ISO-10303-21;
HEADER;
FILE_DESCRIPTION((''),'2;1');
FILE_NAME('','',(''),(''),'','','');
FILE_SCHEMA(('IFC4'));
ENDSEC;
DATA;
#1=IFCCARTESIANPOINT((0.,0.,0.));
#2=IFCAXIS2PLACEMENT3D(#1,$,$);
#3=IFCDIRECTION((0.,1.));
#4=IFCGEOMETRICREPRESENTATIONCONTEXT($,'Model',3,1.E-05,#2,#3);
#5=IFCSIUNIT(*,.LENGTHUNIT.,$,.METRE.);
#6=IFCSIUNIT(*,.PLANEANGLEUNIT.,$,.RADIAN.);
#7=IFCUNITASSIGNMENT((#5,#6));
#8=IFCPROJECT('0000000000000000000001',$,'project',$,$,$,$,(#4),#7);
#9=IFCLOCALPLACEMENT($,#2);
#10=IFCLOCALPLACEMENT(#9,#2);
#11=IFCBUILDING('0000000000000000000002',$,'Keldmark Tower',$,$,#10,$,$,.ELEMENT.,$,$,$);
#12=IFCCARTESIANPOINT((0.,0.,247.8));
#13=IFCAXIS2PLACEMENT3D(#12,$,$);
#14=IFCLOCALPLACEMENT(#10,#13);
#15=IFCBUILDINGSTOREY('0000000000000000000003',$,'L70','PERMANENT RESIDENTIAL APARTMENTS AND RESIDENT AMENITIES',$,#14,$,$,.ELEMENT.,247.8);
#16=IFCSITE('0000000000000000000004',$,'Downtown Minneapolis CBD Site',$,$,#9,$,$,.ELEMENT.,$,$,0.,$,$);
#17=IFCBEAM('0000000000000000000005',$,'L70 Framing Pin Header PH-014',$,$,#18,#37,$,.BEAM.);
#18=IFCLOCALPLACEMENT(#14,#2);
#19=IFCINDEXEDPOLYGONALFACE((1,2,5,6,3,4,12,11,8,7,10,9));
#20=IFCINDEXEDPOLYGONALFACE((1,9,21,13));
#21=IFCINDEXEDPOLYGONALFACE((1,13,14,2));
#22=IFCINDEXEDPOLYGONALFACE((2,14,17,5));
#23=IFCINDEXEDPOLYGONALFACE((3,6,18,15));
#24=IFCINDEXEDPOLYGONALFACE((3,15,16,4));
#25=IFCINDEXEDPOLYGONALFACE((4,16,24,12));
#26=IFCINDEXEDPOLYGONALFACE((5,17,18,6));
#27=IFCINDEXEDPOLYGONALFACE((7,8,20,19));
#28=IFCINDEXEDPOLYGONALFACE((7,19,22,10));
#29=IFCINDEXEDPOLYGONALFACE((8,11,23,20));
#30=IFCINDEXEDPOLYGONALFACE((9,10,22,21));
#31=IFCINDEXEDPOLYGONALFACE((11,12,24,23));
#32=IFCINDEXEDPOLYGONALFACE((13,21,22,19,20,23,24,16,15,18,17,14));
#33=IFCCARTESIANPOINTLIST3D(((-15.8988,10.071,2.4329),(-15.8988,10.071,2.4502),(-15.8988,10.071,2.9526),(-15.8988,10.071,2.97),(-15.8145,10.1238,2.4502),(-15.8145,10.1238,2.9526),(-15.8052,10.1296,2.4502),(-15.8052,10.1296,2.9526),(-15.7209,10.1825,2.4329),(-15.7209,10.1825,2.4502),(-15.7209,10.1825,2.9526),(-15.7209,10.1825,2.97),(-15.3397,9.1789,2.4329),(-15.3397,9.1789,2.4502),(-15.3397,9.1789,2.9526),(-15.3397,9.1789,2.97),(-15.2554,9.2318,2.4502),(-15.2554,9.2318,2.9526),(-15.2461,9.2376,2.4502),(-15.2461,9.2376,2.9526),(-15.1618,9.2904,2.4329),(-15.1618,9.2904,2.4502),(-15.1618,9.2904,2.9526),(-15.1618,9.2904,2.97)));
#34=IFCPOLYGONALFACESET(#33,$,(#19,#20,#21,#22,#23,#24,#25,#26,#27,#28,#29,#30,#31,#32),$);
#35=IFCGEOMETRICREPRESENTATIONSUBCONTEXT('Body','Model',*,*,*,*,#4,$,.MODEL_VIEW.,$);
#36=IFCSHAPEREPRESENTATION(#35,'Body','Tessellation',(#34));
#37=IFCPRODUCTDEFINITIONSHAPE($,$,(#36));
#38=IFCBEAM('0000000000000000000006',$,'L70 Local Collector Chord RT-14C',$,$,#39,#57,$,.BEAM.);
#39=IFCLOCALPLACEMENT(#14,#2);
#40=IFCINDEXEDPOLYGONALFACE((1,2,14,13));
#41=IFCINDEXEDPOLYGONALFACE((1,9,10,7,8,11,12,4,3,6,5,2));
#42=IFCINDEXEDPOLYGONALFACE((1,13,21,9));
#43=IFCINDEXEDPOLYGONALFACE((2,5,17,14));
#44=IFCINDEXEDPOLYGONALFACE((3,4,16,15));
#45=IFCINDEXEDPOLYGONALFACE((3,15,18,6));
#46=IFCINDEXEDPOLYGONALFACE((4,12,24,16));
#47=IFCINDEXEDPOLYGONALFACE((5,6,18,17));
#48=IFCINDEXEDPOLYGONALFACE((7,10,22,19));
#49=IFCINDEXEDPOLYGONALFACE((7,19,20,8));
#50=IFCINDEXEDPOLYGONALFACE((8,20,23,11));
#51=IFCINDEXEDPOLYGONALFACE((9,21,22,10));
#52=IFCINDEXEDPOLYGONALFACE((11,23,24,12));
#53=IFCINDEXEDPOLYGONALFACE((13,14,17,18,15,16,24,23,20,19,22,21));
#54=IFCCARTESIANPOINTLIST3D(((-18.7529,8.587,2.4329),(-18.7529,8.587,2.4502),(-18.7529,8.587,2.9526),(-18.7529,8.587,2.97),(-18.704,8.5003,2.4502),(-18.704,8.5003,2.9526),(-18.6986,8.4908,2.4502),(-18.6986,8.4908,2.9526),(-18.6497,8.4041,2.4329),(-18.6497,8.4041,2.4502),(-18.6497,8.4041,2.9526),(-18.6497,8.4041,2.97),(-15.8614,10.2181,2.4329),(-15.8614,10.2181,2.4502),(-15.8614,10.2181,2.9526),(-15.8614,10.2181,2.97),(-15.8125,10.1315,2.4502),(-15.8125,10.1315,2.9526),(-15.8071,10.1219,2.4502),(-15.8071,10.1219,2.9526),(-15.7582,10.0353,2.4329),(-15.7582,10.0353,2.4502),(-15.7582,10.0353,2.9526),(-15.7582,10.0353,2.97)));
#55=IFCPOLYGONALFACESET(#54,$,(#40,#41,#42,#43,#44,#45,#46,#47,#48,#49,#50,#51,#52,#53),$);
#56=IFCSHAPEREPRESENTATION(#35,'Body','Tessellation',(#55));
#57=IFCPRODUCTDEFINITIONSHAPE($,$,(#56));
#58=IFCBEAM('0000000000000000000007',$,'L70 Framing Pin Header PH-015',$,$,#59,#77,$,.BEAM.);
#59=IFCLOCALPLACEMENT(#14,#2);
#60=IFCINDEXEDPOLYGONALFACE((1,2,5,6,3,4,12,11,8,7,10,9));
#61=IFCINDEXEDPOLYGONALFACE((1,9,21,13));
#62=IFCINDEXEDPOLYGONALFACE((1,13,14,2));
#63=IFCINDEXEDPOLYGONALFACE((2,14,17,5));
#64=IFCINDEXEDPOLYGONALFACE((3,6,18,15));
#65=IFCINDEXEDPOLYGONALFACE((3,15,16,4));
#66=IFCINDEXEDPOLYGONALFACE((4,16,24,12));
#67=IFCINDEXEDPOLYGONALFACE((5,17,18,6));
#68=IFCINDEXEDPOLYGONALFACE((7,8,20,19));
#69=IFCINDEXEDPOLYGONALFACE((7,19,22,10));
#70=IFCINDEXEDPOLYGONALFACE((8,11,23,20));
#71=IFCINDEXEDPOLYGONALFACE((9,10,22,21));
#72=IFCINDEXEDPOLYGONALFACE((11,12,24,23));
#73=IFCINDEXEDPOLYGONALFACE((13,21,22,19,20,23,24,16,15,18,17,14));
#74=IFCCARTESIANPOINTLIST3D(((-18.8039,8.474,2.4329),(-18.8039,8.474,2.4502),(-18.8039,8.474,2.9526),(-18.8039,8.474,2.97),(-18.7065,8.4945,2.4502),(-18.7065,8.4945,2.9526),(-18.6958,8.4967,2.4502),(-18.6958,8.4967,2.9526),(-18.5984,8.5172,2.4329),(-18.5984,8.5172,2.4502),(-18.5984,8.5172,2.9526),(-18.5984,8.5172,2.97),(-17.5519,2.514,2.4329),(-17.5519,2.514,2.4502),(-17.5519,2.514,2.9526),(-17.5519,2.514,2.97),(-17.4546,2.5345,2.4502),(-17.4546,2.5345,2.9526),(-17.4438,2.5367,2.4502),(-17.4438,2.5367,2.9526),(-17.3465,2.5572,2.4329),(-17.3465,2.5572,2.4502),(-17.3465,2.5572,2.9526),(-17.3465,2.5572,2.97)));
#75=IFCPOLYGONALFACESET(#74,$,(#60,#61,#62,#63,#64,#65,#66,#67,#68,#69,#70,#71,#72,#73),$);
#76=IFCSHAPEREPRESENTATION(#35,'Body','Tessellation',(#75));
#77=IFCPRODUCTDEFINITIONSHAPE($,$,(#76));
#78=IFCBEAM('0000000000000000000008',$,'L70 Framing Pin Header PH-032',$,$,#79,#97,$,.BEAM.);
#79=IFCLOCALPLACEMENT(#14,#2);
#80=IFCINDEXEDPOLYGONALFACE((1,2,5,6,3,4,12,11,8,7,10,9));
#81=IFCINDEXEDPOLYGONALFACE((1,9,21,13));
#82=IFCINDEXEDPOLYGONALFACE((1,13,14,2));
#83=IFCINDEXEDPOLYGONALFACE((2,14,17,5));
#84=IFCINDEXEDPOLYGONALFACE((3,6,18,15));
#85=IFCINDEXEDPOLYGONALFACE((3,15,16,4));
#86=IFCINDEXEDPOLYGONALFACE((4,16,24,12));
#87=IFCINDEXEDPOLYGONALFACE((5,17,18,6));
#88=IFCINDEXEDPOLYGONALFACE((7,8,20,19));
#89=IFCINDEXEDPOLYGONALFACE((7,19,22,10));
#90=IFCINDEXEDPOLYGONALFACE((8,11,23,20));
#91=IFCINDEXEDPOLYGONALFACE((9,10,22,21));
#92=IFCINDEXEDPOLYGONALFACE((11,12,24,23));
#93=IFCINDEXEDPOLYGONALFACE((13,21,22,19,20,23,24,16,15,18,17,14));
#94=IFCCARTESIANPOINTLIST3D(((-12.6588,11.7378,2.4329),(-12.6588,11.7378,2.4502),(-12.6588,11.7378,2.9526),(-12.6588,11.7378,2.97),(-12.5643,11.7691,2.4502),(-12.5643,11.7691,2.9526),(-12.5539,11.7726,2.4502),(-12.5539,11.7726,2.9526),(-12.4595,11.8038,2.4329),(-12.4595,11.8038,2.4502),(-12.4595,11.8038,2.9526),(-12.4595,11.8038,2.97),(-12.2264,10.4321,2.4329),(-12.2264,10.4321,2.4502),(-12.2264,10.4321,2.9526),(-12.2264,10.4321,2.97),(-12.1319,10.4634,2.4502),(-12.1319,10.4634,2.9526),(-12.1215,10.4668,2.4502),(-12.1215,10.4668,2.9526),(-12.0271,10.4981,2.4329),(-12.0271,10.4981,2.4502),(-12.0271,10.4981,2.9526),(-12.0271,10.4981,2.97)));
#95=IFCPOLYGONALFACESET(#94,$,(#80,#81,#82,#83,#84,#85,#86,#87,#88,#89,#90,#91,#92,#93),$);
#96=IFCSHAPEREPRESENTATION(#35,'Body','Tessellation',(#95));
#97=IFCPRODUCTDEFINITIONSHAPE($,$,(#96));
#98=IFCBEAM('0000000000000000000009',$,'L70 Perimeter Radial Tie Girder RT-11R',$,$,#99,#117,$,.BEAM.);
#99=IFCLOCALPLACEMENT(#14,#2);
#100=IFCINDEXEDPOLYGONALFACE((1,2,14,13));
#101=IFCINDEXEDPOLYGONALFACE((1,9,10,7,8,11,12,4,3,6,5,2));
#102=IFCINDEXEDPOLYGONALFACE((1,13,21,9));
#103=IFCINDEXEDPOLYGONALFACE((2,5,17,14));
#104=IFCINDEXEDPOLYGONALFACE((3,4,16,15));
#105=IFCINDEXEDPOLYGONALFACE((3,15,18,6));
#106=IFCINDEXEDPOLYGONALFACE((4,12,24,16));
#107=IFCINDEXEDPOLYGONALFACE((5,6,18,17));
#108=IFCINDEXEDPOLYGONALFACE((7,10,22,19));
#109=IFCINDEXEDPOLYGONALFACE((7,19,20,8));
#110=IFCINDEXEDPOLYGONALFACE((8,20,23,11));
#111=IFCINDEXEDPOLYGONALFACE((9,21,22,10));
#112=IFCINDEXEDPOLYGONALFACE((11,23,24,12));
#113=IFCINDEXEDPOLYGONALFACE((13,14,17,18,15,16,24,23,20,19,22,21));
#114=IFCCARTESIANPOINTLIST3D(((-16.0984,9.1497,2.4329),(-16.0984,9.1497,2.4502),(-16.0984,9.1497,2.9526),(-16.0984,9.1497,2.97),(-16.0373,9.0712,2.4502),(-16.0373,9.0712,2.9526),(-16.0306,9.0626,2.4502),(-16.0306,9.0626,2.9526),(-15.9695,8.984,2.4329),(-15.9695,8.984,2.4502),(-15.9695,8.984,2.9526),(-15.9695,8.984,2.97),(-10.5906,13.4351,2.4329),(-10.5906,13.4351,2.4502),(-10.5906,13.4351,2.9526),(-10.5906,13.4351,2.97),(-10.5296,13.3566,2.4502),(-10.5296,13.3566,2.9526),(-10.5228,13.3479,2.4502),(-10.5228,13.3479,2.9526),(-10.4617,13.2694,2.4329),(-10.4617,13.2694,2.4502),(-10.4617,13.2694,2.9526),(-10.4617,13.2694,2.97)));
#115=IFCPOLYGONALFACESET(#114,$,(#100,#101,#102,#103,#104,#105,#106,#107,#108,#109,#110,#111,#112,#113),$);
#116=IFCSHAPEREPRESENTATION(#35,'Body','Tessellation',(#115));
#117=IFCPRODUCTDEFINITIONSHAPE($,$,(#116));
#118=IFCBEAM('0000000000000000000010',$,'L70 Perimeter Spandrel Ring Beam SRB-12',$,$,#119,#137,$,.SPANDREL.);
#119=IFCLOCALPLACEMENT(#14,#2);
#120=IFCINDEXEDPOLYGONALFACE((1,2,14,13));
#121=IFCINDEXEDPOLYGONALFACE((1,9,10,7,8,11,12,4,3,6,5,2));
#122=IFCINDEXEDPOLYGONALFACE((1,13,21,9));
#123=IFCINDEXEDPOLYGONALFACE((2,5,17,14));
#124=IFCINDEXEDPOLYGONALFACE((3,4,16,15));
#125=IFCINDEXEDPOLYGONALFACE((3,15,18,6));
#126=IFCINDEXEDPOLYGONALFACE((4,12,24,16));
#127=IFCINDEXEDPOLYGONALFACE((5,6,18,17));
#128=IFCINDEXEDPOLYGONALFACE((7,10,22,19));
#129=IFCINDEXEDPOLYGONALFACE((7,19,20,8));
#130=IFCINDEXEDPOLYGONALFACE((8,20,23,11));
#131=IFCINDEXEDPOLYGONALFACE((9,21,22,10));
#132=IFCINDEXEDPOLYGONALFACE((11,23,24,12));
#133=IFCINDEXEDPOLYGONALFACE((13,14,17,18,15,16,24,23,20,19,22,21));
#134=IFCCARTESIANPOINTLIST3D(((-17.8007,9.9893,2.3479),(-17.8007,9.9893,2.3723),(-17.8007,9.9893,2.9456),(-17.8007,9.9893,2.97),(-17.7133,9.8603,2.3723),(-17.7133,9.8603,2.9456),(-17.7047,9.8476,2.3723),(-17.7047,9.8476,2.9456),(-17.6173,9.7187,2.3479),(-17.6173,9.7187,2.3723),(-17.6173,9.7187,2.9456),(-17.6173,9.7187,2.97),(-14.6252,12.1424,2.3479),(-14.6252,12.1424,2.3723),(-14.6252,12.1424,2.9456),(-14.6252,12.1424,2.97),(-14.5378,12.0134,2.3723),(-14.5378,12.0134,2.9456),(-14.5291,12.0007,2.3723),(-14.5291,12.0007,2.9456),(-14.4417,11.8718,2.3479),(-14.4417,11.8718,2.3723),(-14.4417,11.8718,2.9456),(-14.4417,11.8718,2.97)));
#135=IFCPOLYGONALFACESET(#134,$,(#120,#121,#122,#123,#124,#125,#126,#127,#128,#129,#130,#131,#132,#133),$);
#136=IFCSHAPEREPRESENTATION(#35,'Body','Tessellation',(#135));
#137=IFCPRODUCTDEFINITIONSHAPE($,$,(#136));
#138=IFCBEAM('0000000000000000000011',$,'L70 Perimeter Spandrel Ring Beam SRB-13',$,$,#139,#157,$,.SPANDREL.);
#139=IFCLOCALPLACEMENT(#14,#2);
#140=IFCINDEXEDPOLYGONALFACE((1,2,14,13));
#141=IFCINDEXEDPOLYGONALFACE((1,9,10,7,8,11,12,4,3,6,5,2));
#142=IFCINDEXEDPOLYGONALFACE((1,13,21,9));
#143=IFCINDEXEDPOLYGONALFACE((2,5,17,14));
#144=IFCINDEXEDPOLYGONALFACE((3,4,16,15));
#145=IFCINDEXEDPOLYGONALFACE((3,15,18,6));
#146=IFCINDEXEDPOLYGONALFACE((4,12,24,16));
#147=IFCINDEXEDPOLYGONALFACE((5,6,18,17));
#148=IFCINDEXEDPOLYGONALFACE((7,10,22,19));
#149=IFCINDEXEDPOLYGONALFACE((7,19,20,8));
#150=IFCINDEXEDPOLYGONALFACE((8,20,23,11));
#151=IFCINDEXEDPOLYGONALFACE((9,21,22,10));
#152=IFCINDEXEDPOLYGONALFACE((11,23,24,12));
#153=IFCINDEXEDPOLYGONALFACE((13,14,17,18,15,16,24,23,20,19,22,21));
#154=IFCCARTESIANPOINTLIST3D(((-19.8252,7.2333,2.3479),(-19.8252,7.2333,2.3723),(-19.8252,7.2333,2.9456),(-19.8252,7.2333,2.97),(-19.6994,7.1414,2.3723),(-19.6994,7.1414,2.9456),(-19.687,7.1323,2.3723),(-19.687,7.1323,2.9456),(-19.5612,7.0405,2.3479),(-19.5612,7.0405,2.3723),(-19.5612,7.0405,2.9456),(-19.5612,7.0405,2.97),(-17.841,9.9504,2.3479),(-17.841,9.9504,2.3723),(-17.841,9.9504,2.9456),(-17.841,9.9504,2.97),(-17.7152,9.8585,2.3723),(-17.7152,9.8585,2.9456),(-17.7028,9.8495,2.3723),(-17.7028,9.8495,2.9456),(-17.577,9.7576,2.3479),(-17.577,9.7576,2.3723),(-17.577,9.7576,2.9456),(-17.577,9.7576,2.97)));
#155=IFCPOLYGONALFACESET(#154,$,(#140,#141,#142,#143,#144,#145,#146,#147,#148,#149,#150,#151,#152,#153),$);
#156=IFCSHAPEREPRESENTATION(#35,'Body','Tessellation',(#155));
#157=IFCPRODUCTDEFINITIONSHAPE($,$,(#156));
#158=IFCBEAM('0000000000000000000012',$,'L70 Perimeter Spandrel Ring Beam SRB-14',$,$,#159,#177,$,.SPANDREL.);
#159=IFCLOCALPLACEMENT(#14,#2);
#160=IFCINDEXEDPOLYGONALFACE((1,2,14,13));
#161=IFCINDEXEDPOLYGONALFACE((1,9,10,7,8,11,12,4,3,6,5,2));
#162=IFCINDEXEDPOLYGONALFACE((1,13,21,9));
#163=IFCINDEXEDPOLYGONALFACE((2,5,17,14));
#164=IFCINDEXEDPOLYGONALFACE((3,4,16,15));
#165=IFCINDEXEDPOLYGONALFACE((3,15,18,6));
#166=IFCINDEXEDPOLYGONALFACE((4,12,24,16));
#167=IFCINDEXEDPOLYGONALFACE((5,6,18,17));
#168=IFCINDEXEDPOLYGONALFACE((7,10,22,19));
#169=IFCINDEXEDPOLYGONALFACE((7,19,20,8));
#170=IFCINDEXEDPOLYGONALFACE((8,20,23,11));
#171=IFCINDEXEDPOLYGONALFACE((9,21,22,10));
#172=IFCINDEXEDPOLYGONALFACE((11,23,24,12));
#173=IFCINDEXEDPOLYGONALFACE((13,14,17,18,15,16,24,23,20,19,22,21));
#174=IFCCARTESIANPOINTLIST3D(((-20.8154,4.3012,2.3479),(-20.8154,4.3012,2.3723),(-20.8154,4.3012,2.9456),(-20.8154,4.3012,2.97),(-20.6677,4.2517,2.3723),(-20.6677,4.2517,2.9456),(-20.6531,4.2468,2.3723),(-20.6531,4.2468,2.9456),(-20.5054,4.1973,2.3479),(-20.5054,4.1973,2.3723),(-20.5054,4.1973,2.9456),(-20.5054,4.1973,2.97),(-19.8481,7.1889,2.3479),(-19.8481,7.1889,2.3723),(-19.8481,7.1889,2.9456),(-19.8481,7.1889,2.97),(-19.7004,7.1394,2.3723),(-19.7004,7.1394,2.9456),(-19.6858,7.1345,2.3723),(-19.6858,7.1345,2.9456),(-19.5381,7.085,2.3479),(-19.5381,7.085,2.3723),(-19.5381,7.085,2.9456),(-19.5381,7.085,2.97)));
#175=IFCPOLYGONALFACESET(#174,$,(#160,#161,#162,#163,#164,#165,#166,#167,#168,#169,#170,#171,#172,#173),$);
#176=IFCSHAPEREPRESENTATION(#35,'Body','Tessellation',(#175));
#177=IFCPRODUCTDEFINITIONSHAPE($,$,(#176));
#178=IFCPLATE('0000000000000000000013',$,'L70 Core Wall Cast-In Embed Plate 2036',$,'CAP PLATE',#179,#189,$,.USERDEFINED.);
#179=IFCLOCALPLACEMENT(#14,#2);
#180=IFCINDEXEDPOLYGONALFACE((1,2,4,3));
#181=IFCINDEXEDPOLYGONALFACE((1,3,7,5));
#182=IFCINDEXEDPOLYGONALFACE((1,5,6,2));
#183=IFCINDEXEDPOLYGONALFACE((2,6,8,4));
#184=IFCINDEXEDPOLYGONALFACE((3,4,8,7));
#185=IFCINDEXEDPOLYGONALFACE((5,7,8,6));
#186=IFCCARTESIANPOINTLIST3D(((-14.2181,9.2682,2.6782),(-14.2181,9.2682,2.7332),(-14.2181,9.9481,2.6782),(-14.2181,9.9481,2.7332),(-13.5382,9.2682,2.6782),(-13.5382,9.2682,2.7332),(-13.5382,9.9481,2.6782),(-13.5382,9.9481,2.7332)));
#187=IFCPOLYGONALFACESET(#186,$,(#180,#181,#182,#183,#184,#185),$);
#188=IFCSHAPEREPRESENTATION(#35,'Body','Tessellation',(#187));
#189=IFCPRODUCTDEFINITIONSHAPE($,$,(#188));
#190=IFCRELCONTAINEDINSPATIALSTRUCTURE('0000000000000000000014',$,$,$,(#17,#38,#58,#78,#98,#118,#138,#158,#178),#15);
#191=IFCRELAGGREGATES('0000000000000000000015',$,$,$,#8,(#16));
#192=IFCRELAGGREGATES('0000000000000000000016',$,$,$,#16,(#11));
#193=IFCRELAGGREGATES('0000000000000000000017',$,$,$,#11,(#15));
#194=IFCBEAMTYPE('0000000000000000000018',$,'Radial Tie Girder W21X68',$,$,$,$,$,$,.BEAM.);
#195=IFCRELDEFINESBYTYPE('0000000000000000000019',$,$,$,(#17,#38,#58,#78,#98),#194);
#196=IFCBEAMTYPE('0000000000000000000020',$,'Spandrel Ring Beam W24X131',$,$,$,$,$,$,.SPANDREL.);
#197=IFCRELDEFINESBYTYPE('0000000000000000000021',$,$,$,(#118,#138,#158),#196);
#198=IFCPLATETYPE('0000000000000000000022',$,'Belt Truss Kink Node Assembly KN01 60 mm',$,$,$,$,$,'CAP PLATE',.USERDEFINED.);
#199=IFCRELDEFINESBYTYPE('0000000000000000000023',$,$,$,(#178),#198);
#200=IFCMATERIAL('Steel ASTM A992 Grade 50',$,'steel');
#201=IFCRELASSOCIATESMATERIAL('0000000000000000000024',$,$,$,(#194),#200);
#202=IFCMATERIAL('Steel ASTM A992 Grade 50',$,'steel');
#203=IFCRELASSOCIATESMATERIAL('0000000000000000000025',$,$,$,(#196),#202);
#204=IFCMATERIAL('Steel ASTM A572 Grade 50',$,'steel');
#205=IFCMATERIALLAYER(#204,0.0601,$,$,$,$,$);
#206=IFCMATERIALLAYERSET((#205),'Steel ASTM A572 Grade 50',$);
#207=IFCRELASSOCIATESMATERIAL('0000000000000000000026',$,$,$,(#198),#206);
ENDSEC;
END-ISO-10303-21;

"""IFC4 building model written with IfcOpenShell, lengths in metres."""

from ifc_helpers import new_model, si_unit, direction, frame, origin, origin_2d, place, context, subcontext, project, spatial, rectangle, i_section, extrude, material, layer, layer_set, material_profile, profile_set, type_object, element, save


model = new_model("IFC4")

# Units and contexts
model_context = context("Model", 3, precision=1e-05, world=origin(), true_north=direction((0.0, 1.0)))
body_context = subcontext(model_context, "Body", "Model", "MODEL_VIEW")
ifc_project = project(units=[si_unit("LENGTHUNIT", "METRE"), si_unit("PLANEANGLEUNIT", "RADIAN")], contexts=[model_context])

# Site, building, storey
site_placement = place(None, origin())
site = spatial("IfcSite", under=ifc_project, at=site_placement, Name="Downtown Minneapolis CBD Site", CompositionType="ELEMENT", RefElevation=0.0)
building_placement = place(site_placement, origin())
building = spatial("IfcBuilding", under=site, at=building_placement, Name="Keldmark Tower", CompositionType="ELEMENT")
storey_placement = place(building_placement, frame((0.0, 0.0, 247.8)))
storey = spatial("IfcBuildingStorey", under=building, at=storey_placement, Name="L70", Description="PERMANENT RESIDENTIAL APARTMENTS AND RESIDENT AMENITIES", CompositionType="ELEMENT", Elevation=247.8)

# Beams
ifc_material_1 = material(Name="Steel ASTM A992 Grade 50", Category="steel")
ifc_material_profile_1 = material_profile(ifc_material_1, i_section(OverallWidth=0.21, OverallDepth=0.5371, WebThickness=0.011, FlangeThickness=0.0173, at=origin_2d()), Name="W21X68")
ifc_profile_set_1 = profile_set([ifc_material_profile_1], Name="Steel ASTM A992 Grade 50")
beam_type_1 = type_object("IfcBeamType", Name="Radial Tie Girder W21X68", PredefinedType="BEAM", material=ifc_profile_set_1)
beam_1_placement = place(storey_placement, frame((-15.8098, 10.1267, 2.7014), z_axis=(0.531041, -0.847346, 0.0), x_axis=(0.847346, 0.531041, 0.0)))
element("IfcBeam", 1, at=beam_1_placement, inside=storey, type_object=beam_type_1, Name="L70 Framing Pin Header PH-014", PredefinedType="BEAM", context=body_context, shape_type="SweptSolid", body=[
    extrude(i_section(OverallWidth=0.21, OverallDepth=0.5371, WebThickness=0.011, FlangeThickness=0.0173, at=origin_2d()), origin(), (0.0, 0.0, 1.0), 1.0527),
])
beam_2_placement = place(storey_placement, frame((-15.8098, 10.1267, 2.7014), z_axis=(-0.870968, -0.49134, 0.0), x_axis=(0.49134, -0.870968, 0.0)))
element("IfcBeam", 2, at=beam_2_placement, inside=storey, type_object=beam_type_1, Name="L70 Local Collector Chord RT-14C", PredefinedType="BEAM", context=body_context, shape_type="SweptSolid", body=[
    extrude(i_section(OverallWidth=0.21, OverallDepth=0.5371, WebThickness=0.011, FlangeThickness=0.0173, at=origin_2d()), origin(), (0.0, 0.0, 1.0), 3.3198),
])
beam_3_placement = place(storey_placement, frame((-18.7012, 8.4956, 2.7014), z_axis=(0.205574, -0.978642, 0.0), x_axis=(0.978642, 0.205574, 0.0)))
element("IfcBeam", 3, at=beam_3_placement, inside=storey, type_object=beam_type_1, Name="L70 Framing Pin Header PH-015", PredefinedType="BEAM", context=body_context, shape_type="SweptSolid", body=[
    extrude(i_section(OverallWidth=0.21, OverallDepth=0.5371, WebThickness=0.011, FlangeThickness=0.0173, at=origin_2d()), origin(), (0.0, 0.0, 1.0), 6.0901),
])
beam_4_placement = place(storey_placement, frame((-12.1267, 10.4651, 2.7014), z_axis=(-0.314363, 0.949303, 0.0), x_axis=(-0.949303, -0.314363, 0.0)))
element("IfcBeam", 4, at=beam_4_placement, inside=storey, type_object=beam_type_1, Name="L70 Framing Pin Header PH-032", PredefinedType="BEAM", context=body_context, shape_type="SweptSolid", body=[
    extrude(i_section(OverallWidth=0.21, OverallDepth=0.5371, WebThickness=0.011, FlangeThickness=0.0173, at=origin_2d()), origin(), (0.0, 0.0, 1.0), 1.3755),
])
beam_5_placement = place(storey_placement, frame((-16.0339, 9.0669, 2.7014), z_axis=(0.789245, 0.614079, 0.0), x_axis=(-0.614079, 0.789245, 0.0)))
element("IfcBeam", 5, at=beam_5_placement, inside=storey, type_object=beam_type_1, Name="L70 Perimeter Radial Tie Girder RT-11R", PredefinedType="BEAM", context=body_context, shape_type="SweptSolid", body=[
    extrude(i_section(OverallWidth=0.21, OverallDepth=0.5371, WebThickness=0.011, FlangeThickness=0.0173, at=origin_2d()), origin(), (0.0, 0.0, 1.0), 6.9785),
])
ifc_material_2 = material(Name="Steel ASTM A992 Grade 50", Category="steel")
ifc_material_profile_2 = material_profile(ifc_material_2, i_section(OverallWidth=0.3269, OverallDepth=0.6221, WebThickness=0.0154, FlangeThickness=0.0244, at=origin_2d()), Name="W24X131")
ifc_profile_set_2 = profile_set([ifc_material_profile_2], Name="Steel ASTM A992 Grade 50")
beam_type_2 = type_object("IfcBeamType", Name="Spandrel Ring Beam W24X131", PredefinedType="SPANDREL", material=ifc_profile_set_2)
beam_6_placement = place(storey_placement, frame((-14.5334, 12.0071, 2.6589), z_axis=(-0.827688, -0.561189, 0.0), x_axis=(0.561189, -0.827688, 0.0)))
element("IfcBeam", 6, at=beam_6_placement, inside=storey, type_object=beam_type_2, Name="L70 Perimeter Spandrel Ring Beam SRB-12", PredefinedType="SPANDREL", context=body_context, shape_type="SweptSolid", body=[
    extrude(i_section(OverallWidth=0.3269, OverallDepth=0.6221, WebThickness=0.0154, FlangeThickness=0.0244, at=origin_2d()), origin(), (0.0, 0.0, 1.0), 3.8367),
])
beam_7_placement = place(storey_placement, frame((-17.709, 9.854, 2.6589), z_axis=(-0.589745, -0.807589, 0.0), x_axis=(0.807589, -0.589745, 0.0)))
element("IfcBeam", 7, at=beam_7_placement, inside=storey, type_object=beam_type_2, Name="L70 Perimeter Spandrel Ring Beam SRB-13", PredefinedType="SPANDREL", context=body_context, shape_type="SweptSolid", body=[
    extrude(i_section(OverallWidth=0.3269, OverallDepth=0.6221, WebThickness=0.0154, FlangeThickness=0.0244, at=origin_2d()), origin(), (0.0, 0.0, 1.0), 3.3645),
])
beam_8_placement = place(storey_placement, frame((-19.6931, 7.137, 2.6589), z_axis=(-0.317622, -0.948217, 0.0), x_axis=(0.948217, -0.317622, 0.0)))
element("IfcBeam", 8, at=beam_8_placement, inside=storey, type_object=beam_type_2, Name="L70 Perimeter Spandrel Ring Beam SRB-14", PredefinedType="SPANDREL", context=body_context, shape_type="SweptSolid", body=[
    extrude(i_section(OverallWidth=0.3269, OverallDepth=0.6221, WebThickness=0.0154, FlangeThickness=0.0244, at=origin_2d()), origin(), (0.0, 0.0, 1.0), 3.0454),
])

# Plate
ifc_material_3 = material(Name="Steel ASTM A572 Grade 50", Category="steel")
ifc_layer_1 = layer(ifc_material_3, 0.0601)
ifc_layer_set_1 = layer_set([ifc_layer_1], Name="Steel ASTM A572 Grade 50")
plate_type_1 = type_object("IfcPlateType", Name="Belt Truss Kink Node Assembly KN01 60 mm", ElementType="CAP PLATE", PredefinedType="USERDEFINED", material=ifc_layer_set_1)
plate_placement = place(storey_placement, frame((-13.8782, 9.6082, 2.6782), z_axis=(0.0, 0.0, 1.0), x_axis=(1.0, 0.0, 0.0)))
element("IfcPlate", 9, at=plate_placement, inside=storey, type_object=plate_type_1, Name="L70 Core Wall Cast-In Embed Plate 2036", ObjectType="CAP PLATE", PredefinedType="USERDEFINED", context=body_context, shape_type="SweptSolid", body=[
    extrude(rectangle(XDim=0.6799, YDim=0.6799, at=origin_2d()), origin(), (0.0, 0.0, 1.0), 0.0549),
])

save(model, "model.ifc")
